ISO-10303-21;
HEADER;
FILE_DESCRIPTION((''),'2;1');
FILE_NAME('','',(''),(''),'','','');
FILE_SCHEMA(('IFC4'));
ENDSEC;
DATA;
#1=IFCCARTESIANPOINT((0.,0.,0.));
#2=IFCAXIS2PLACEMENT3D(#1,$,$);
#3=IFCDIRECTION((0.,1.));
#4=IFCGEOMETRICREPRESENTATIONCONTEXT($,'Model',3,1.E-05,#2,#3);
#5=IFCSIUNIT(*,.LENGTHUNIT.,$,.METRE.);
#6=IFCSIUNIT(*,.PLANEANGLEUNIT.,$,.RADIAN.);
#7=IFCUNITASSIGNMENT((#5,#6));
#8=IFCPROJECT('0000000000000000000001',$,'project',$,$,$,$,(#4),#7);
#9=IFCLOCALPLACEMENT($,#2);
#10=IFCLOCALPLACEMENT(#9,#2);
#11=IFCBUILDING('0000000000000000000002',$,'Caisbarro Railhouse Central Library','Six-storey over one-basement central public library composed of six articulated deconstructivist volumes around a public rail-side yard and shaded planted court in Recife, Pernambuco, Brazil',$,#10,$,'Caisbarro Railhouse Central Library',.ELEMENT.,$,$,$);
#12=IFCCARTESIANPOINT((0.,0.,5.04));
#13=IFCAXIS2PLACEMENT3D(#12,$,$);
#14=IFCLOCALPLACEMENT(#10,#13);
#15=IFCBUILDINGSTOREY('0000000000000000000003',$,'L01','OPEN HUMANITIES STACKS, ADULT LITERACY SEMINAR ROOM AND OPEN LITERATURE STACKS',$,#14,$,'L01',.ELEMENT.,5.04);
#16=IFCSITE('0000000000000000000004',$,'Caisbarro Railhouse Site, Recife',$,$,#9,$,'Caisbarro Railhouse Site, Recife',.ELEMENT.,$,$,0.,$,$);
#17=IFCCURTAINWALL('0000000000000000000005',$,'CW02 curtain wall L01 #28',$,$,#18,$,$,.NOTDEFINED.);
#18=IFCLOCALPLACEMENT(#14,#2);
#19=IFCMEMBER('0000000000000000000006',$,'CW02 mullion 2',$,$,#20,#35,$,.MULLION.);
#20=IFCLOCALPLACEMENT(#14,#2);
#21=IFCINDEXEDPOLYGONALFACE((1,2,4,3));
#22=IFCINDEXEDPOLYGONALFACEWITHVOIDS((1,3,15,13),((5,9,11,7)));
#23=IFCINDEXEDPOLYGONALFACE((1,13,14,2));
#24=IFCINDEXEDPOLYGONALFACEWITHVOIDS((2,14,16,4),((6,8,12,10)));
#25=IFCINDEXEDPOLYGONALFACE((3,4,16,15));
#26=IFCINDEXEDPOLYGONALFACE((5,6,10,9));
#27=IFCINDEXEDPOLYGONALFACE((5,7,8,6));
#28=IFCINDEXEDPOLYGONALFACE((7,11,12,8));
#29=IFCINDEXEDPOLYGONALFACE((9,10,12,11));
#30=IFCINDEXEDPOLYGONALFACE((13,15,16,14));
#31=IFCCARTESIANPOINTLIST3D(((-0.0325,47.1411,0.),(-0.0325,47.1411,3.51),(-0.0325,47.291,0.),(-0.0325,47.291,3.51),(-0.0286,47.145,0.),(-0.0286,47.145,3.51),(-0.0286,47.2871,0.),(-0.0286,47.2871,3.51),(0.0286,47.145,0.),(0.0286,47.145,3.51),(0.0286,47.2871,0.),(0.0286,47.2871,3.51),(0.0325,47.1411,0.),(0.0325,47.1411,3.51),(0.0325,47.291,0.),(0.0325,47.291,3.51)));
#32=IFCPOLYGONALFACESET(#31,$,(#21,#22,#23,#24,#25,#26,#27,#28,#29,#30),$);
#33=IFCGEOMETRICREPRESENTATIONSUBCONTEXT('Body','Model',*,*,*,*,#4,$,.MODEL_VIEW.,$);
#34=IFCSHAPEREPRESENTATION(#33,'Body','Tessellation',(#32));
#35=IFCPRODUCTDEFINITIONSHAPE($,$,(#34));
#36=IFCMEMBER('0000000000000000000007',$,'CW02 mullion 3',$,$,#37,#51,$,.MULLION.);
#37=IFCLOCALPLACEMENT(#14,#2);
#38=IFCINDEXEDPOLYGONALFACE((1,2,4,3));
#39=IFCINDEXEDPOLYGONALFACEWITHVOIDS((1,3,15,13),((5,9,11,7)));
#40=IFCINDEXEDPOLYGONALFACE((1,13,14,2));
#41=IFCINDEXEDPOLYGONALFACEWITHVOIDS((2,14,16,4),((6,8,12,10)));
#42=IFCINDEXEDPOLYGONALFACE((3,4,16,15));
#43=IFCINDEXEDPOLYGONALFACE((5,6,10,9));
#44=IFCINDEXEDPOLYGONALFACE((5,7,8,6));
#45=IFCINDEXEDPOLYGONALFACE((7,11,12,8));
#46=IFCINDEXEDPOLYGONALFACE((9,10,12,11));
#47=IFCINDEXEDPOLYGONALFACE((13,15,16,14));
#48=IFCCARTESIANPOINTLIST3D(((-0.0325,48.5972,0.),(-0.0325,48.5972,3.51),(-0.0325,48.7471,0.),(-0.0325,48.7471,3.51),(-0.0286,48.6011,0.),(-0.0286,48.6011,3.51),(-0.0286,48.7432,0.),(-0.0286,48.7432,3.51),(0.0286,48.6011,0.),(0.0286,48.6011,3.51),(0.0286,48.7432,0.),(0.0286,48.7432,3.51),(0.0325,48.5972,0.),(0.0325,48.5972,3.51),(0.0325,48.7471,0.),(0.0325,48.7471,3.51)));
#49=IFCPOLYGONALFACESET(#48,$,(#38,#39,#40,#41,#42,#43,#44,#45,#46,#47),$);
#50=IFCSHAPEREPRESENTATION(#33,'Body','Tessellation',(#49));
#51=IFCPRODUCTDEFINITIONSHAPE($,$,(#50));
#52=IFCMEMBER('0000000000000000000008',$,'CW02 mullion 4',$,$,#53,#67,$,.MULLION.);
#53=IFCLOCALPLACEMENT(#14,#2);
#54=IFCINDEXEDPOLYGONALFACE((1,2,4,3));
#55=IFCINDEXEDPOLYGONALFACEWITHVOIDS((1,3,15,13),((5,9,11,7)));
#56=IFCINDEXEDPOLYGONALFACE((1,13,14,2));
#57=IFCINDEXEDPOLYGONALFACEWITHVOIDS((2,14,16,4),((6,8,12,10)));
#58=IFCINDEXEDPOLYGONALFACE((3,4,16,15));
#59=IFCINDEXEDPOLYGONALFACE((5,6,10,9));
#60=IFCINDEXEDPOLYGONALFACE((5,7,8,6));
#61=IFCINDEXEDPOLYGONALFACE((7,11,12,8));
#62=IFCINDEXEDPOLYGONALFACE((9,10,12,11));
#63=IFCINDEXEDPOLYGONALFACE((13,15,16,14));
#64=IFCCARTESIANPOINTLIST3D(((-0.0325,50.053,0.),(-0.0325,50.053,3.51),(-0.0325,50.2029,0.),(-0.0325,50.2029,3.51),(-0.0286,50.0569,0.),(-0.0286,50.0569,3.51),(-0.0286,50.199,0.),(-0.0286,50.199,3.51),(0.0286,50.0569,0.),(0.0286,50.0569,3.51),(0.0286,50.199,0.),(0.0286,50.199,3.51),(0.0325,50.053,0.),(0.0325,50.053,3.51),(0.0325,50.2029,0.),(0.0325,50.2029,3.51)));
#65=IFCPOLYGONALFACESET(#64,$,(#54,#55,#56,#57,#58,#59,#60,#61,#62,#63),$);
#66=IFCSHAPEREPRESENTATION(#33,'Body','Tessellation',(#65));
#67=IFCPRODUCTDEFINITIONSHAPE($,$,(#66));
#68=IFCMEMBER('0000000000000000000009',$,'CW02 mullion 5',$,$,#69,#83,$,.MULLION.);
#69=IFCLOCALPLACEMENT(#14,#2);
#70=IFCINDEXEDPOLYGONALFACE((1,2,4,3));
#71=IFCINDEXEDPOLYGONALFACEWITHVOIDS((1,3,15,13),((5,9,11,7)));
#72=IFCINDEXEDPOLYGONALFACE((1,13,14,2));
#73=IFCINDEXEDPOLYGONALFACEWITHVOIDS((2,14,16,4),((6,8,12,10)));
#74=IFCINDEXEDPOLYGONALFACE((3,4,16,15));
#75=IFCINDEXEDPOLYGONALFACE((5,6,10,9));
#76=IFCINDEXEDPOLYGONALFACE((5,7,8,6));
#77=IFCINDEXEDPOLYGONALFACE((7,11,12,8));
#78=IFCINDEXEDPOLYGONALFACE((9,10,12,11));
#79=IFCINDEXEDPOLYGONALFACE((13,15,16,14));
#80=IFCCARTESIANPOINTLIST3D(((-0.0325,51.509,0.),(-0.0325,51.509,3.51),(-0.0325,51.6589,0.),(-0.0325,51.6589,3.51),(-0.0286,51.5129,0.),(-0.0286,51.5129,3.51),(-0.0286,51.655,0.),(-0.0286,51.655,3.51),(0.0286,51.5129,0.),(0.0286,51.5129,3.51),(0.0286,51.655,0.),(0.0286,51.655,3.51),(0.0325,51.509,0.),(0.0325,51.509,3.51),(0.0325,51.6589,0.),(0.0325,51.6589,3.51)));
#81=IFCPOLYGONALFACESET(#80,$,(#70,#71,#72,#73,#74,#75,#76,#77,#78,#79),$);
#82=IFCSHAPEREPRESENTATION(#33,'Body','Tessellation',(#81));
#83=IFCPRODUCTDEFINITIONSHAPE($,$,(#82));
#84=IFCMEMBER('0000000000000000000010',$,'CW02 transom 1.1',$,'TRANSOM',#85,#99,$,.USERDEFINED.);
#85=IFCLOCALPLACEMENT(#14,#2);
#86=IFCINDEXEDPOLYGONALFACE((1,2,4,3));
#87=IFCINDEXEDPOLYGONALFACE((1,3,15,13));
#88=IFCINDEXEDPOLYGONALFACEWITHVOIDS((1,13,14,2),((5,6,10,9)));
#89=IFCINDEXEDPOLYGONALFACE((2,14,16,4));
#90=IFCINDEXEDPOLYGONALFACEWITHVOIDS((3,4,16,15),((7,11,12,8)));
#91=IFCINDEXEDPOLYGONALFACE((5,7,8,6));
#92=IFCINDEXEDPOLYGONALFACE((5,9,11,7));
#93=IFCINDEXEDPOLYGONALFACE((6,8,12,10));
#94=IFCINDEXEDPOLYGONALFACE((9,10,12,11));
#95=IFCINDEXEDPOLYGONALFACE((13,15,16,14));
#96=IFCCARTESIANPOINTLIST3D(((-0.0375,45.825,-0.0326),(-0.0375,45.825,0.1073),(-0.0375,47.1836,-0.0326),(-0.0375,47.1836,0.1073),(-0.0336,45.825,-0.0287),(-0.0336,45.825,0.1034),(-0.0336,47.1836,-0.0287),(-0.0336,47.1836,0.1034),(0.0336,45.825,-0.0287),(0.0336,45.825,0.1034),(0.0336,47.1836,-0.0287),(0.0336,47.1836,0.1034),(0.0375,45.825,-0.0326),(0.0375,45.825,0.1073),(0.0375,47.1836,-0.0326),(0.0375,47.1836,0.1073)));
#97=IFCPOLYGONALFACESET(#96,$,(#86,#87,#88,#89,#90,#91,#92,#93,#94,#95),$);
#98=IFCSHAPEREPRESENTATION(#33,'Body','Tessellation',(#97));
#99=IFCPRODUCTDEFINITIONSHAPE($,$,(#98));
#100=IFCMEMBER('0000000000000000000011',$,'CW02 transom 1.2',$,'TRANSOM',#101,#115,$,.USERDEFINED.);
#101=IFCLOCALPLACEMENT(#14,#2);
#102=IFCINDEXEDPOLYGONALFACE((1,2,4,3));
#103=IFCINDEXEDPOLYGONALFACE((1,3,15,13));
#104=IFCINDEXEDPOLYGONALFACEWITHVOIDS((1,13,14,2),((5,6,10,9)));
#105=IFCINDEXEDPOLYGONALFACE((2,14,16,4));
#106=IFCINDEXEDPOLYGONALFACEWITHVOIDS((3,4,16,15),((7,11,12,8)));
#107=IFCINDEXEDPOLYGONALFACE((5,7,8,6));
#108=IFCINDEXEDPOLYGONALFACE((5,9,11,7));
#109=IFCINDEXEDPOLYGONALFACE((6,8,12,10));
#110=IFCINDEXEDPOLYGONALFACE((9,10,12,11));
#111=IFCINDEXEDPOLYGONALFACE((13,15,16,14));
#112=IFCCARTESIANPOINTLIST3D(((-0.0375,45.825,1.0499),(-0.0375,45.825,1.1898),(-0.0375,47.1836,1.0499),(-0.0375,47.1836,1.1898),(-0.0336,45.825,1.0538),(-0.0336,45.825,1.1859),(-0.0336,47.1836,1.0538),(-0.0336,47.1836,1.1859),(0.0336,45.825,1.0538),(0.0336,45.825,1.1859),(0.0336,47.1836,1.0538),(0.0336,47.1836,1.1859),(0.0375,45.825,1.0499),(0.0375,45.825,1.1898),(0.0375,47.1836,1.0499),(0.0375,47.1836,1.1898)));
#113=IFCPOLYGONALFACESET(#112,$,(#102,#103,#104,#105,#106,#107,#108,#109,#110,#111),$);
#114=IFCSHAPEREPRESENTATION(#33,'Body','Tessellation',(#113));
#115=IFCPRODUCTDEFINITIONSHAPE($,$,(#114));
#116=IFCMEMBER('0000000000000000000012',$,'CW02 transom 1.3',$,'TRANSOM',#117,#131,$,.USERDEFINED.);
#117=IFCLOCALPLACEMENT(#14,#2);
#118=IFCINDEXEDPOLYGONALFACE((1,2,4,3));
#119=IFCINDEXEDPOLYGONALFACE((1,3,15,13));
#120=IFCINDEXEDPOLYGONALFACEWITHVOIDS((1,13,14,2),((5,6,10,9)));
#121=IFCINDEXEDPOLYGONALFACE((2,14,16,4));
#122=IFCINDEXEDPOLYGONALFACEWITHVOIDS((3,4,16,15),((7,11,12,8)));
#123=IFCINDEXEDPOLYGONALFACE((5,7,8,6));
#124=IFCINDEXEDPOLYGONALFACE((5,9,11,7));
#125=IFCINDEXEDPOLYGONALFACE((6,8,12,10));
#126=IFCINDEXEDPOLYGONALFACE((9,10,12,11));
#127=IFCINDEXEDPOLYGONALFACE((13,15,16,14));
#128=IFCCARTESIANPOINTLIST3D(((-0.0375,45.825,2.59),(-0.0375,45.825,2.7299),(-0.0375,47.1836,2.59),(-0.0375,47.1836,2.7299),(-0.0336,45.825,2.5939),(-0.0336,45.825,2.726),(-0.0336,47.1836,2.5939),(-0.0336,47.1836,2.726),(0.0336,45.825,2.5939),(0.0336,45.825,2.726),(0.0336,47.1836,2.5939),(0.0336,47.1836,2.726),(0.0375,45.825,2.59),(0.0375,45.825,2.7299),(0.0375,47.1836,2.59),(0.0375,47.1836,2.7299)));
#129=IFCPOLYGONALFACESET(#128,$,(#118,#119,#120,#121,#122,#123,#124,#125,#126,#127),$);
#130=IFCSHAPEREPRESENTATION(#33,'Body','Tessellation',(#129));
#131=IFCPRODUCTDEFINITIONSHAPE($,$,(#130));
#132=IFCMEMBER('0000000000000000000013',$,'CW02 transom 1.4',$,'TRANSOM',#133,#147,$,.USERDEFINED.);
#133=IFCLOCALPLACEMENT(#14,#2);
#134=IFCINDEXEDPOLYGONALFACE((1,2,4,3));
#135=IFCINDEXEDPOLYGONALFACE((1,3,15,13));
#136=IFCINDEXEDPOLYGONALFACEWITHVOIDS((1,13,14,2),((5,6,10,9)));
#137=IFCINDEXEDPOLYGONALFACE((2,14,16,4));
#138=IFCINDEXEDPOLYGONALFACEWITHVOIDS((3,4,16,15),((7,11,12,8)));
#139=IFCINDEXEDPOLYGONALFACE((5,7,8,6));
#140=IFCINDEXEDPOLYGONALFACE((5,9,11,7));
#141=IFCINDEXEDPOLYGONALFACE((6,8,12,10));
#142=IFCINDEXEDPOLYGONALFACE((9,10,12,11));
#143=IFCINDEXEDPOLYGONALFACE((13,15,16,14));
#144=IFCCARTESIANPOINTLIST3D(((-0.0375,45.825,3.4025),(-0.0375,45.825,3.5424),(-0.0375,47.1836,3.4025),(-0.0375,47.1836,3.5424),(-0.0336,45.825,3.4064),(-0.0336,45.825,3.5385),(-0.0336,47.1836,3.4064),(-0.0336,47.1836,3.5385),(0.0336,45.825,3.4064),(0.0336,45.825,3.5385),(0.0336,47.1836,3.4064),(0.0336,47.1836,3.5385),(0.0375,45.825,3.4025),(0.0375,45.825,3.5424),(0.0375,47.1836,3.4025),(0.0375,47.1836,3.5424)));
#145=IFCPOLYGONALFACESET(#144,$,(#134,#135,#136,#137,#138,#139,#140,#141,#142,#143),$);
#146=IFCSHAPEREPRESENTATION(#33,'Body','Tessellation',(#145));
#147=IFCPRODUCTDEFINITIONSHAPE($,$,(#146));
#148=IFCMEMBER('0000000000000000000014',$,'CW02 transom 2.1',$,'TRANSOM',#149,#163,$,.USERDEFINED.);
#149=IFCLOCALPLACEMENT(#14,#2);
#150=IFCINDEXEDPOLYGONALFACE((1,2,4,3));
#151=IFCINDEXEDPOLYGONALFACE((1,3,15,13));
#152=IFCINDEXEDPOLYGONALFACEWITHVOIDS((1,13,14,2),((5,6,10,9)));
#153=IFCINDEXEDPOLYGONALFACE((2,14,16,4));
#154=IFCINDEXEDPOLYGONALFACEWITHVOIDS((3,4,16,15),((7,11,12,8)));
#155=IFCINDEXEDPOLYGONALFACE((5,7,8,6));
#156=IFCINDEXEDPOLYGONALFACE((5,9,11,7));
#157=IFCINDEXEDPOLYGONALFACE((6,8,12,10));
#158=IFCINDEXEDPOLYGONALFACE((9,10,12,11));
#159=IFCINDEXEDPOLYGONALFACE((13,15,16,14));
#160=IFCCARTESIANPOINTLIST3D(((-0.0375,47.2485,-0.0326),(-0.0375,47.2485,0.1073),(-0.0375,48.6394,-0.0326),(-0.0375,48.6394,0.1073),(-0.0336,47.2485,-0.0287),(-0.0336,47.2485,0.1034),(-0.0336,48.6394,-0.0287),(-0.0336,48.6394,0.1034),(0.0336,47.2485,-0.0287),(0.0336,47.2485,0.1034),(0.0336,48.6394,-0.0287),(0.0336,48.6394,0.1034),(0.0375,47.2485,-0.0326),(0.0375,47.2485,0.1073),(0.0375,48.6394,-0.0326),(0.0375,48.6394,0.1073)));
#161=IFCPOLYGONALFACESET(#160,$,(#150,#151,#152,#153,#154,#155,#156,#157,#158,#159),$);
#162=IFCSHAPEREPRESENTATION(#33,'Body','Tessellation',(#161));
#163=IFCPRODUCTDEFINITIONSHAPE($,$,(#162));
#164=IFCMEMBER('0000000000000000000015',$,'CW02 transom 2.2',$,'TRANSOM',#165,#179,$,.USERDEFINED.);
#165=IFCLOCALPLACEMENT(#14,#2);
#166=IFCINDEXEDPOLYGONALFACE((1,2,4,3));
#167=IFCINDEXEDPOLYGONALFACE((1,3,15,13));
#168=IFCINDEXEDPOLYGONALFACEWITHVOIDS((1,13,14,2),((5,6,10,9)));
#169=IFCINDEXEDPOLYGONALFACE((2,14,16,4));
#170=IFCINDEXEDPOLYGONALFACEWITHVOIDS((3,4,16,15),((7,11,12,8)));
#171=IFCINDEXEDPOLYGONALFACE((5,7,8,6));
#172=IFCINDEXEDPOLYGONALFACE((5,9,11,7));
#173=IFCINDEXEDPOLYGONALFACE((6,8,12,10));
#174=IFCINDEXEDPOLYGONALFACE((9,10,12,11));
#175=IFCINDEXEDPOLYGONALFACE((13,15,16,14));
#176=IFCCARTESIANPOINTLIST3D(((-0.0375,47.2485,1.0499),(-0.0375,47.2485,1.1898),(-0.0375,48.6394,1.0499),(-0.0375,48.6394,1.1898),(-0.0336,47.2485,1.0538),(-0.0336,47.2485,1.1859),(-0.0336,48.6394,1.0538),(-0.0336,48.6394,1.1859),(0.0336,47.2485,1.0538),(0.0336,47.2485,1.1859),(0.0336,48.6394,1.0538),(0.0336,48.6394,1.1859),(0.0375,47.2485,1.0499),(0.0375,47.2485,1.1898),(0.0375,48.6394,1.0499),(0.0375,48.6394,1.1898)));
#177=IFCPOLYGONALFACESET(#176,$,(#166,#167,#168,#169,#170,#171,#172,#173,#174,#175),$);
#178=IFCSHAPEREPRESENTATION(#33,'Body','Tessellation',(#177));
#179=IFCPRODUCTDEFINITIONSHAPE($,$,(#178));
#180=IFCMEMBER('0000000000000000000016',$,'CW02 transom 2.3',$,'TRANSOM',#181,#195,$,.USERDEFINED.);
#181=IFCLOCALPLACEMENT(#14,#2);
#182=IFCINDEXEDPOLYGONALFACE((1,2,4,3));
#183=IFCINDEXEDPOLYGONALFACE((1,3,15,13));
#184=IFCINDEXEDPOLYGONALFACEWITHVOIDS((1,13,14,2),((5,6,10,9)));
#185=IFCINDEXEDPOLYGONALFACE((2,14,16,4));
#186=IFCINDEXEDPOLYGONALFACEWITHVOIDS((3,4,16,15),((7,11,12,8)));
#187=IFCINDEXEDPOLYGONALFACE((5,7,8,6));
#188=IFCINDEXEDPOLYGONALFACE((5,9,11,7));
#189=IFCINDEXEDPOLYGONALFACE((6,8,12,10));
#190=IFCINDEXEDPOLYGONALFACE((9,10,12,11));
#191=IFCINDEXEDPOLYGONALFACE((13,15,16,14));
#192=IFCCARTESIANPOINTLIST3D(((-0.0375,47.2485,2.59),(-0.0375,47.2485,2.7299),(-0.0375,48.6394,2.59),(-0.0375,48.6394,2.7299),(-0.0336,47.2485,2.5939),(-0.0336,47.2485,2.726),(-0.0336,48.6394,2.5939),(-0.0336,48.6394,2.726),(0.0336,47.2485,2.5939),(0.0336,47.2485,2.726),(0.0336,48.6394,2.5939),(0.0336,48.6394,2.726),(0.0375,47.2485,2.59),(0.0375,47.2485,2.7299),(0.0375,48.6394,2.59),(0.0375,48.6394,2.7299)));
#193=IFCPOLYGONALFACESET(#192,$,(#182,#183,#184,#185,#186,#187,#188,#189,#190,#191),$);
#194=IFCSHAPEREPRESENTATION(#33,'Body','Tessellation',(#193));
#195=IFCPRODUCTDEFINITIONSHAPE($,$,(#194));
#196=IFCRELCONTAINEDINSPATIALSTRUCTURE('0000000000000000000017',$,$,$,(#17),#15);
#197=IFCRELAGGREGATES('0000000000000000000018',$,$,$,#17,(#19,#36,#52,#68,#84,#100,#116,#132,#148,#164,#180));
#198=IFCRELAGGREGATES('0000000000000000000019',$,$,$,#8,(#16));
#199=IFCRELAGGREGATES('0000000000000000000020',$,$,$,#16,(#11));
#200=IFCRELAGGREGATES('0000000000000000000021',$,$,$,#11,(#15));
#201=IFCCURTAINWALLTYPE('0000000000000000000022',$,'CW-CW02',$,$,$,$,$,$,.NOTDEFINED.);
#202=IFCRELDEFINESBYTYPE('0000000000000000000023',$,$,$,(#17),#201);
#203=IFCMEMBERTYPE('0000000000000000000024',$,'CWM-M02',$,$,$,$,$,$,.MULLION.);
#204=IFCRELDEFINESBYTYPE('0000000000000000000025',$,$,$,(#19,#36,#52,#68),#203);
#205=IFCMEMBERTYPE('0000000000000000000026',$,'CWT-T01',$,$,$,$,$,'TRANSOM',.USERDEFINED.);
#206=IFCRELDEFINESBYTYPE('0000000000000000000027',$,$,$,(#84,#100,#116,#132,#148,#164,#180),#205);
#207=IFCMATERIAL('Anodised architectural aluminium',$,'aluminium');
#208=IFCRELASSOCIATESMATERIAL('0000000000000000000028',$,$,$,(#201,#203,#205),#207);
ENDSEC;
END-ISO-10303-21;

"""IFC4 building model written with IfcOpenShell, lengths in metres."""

from ifc_helpers import new_model, si_unit, direction, frame, origin, origin_2d, place, context, subcontext, project, spatial, hollow_rectangle, extrude, material, material_profile, profile_set, type_object, element, aggregate, save


model = new_model("IFC4")

# Units and contexts
model_context = context("Model", 3, precision=1e-05, world=origin(), true_north=direction((0.0, 1.0)))
body_context = subcontext(model_context, "Body", "Model", "MODEL_VIEW")
ifc_project = project(units=[si_unit("LENGTHUNIT", "METRE"), si_unit("PLANEANGLEUNIT", "RADIAN")], contexts=[model_context])

# Site, building, storey
site_placement = place(None, origin())
site = spatial("IfcSite", under=ifc_project, at=site_placement, Name="Caisbarro Railhouse Site, Recife", LongName="Caisbarro Railhouse Site, Recife", CompositionType="ELEMENT", RefElevation=0.0)
building_placement = place(site_placement, origin())
building = spatial("IfcBuilding", under=site, at=building_placement, Name="Caisbarro Railhouse Central Library", Description="Six-storey over one-basement central public library composed of six articulated deconstructivist volumes around a public rail-side yard and shaded planted court in Recife, Pernambuco, Brazil", LongName="Caisbarro Railhouse Central Library", CompositionType="ELEMENT")
storey_placement = place(building_placement, frame((0.0, 0.0, 5.04)))
storey = spatial("IfcBuildingStorey", under=building, at=storey_placement, Name="L01", Description="OPEN HUMANITIES STACKS, ADULT LITERACY SEMINAR ROOM AND OPEN LITERATURE STACKS", LongName="L01", CompositionType="ELEMENT", Elevation=5.04)

# Curtain wall, members
ifc_material_1 = material(Name="Anodised architectural aluminium", Category="aluminium")
curtain_wall_type = type_object("IfcCurtainWallType", Name="CW-CW02", PredefinedType="NOTDEFINED", material=ifc_material_1)
curtain_wall_placement = place(storey_placement, origin())
curtain_wall = element("IfcCurtainWall", 1, at=curtain_wall_placement, inside=storey, type_object=curtain_wall_type, Name="CW02 curtain wall L01 #28", PredefinedType="NOTDEFINED")
ifc_material_profile_1 = material_profile(ifc_material_1, hollow_rectangle(XDim=0.0649, YDim=0.1499, WallThickness=0.0039, at=origin_2d()), Name="ALU-MUL-65X150")
ifc_profile_set_1 = profile_set([ifc_material_profile_1], Name="Anodised architectural aluminium")
member_type_1 = type_object("IfcMemberType", Name="CWM-M02", PredefinedType="MULLION", material=ifc_profile_set_1)
member_1_placement = place(storey_placement, frame((0.0, 47.2161, 0.0), z_axis=(0.0, 0.0, 1.0), x_axis=(-1.0, 0.0, 0.0)))
member_1 = element("IfcMember", 2, at=member_1_placement, type_object=member_type_1, Name="CW02 mullion 2", PredefinedType="MULLION", context=body_context, shape_type="SweptSolid", body=[
    extrude(hollow_rectangle(XDim=0.0649, YDim=0.1499, WallThickness=0.0039, at=origin_2d()), origin(), (0.0, 0.0, 1.0), 3.51),
])
member_2_placement = place(storey_placement, frame((0.0, 48.6721, 0.0), z_axis=(0.0, 0.0, 1.0), x_axis=(-1.0, 0.0, 0.0)))
member_2 = element("IfcMember", 3, at=member_2_placement, type_object=member_type_1, Name="CW02 mullion 3", PredefinedType="MULLION", context=body_context, shape_type="SweptSolid", body=[
    extrude(hollow_rectangle(XDim=0.0649, YDim=0.1499, WallThickness=0.0039, at=origin_2d()), origin(), (0.0, 0.0, 1.0), 3.51),
])
member_3_placement = place(storey_placement, frame((0.0, 50.1279, 0.0), z_axis=(0.0, 0.0, 1.0), x_axis=(-1.0, 0.0, 0.0)))
member_3 = element("IfcMember", 4, at=member_3_placement, type_object=member_type_1, Name="CW02 mullion 4", PredefinedType="MULLION", context=body_context, shape_type="SweptSolid", body=[
    extrude(hollow_rectangle(XDim=0.0649, YDim=0.1499, WallThickness=0.0039, at=origin_2d()), origin(), (0.0, 0.0, 1.0), 3.51),
])
member_4_placement = place(storey_placement, frame((0.0, 51.584, 0.0), z_axis=(0.0, 0.0, 1.0), x_axis=(-1.0, 0.0, 0.0)))
member_4 = element("IfcMember", 5, at=member_4_placement, type_object=member_type_1, Name="CW02 mullion 5", PredefinedType="MULLION", context=body_context, shape_type="SweptSolid", body=[
    extrude(hollow_rectangle(XDim=0.0649, YDim=0.1499, WallThickness=0.0039, at=origin_2d()), origin(), (0.0, 0.0, 1.0), 3.51),
])
ifc_material_profile_2 = material_profile(ifc_material_1, hollow_rectangle(XDim=0.075, YDim=0.1399, WallThickness=0.0039, at=origin_2d()), Name="ALU-TRN-75X140")
ifc_profile_set_2 = profile_set([ifc_material_profile_2], Name="Anodised architectural aluminium")
member_type_2 = type_object("IfcMemberType", Name="CWT-T01", ElementType="TRANSOM", PredefinedType="USERDEFINED", material=ifc_profile_set_2)
member_5_placement = place(storey_placement, frame((0.0, 45.825, 0.0374), z_axis=(0.0, 1.0, 0.0), x_axis=(-1.0, 0.0, 0.0)))
member_5 = element("IfcMember", 6, at=member_5_placement, type_object=member_type_2, Name="CW02 transom 1.1", ObjectType="TRANSOM", PredefinedType="USERDEFINED", context=body_context, shape_type="SweptSolid", body=[
    extrude(hollow_rectangle(XDim=0.075, YDim=0.1399, WallThickness=0.0039, at=origin_2d()), origin(), (0.0, 0.0, 1.0), 1.3586),
])
member_6_placement = place(storey_placement, frame((0.0, 45.825, 1.1199), z_axis=(0.0, 1.0, 0.0), x_axis=(-1.0, 0.0, 0.0)))
member_6 = element("IfcMember", 7, at=member_6_placement, type_object=member_type_2, Name="CW02 transom 1.2", ObjectType="TRANSOM", PredefinedType="USERDEFINED", context=body_context, shape_type="SweptSolid", body=[
    extrude(hollow_rectangle(XDim=0.075, YDim=0.1399, WallThickness=0.0039, at=origin_2d()), origin(), (0.0, 0.0, 1.0), 1.3586),
])
member_7_placement = place(storey_placement, frame((0.0, 45.825, 2.6599), z_axis=(0.0, 1.0, 0.0), x_axis=(-1.0, 0.0, 0.0)))
member_7 = element("IfcMember", 8, at=member_7_placement, type_object=member_type_2, Name="CW02 transom 1.3", ObjectType="TRANSOM", PredefinedType="USERDEFINED", context=body_context, shape_type="SweptSolid", body=[
    extrude(hollow_rectangle(XDim=0.075, YDim=0.1399, WallThickness=0.0039, at=origin_2d()), origin(), (0.0, 0.0, 1.0), 1.3586),
])
member_8_placement = place(storey_placement, frame((0.0, 45.825, 3.4724), z_axis=(0.0, 1.0, 0.0), x_axis=(-1.0, 0.0, 0.0)))
member_8 = element("IfcMember", 9, at=member_8_placement, type_object=member_type_2, Name="CW02 transom 1.4", ObjectType="TRANSOM", PredefinedType="USERDEFINED", context=body_context, shape_type="SweptSolid", body=[
    extrude(hollow_rectangle(XDim=0.075, YDim=0.1399, WallThickness=0.0039, at=origin_2d()), origin(), (0.0, 0.0, 1.0), 1.3586),
])
member_9_placement = place(storey_placement, frame((0.0, 47.2485, 0.0374), z_axis=(0.0, 1.0, 0.0), x_axis=(-1.0, 0.0, 0.0)))
member_9 = element("IfcMember", 10, at=member_9_placement, type_object=member_type_2, Name="CW02 transom 2.1", ObjectType="TRANSOM", PredefinedType="USERDEFINED", context=body_context, shape_type="SweptSolid", body=[
    extrude(hollow_rectangle(XDim=0.075, YDim=0.1399, WallThickness=0.0039, at=origin_2d()), origin(), (0.0, 0.0, 1.0), 1.3909),
])
member_10_placement = place(storey_placement, frame((0.0, 47.2485, 1.1199), z_axis=(0.0, 1.0, 0.0), x_axis=(-1.0, 0.0, 0.0)))
member_10 = element("IfcMember", 11, at=member_10_placement, type_object=member_type_2, Name="CW02 transom 2.2", ObjectType="TRANSOM", PredefinedType="USERDEFINED", context=body_context, shape_type="SweptSolid", body=[
    extrude(hollow_rectangle(XDim=0.075, YDim=0.1399, WallThickness=0.0039, at=origin_2d()), origin(), (0.0, 0.0, 1.0), 1.3909),
])
member_11_placement = place(storey_placement, frame((0.0, 47.2485, 2.6599), z_axis=(0.0, 1.0, 0.0), x_axis=(-1.0, 0.0, 0.0)))
member_11 = element("IfcMember", 12, at=member_11_placement, type_object=member_type_2, Name="CW02 transom 2.3", ObjectType="TRANSOM", PredefinedType="USERDEFINED", context=body_context, shape_type="SweptSolid", body=[
    extrude(hollow_rectangle(XDim=0.075, YDim=0.1399, WallThickness=0.0039, at=origin_2d()), origin(), (0.0, 0.0, 1.0), 1.3909),
])
aggregate(curtain_wall, [member_1, member_2, member_3, member_4, member_5, member_6, member_7, member_8, member_9, member_10, member_11])

save(model, "model.ifc")
